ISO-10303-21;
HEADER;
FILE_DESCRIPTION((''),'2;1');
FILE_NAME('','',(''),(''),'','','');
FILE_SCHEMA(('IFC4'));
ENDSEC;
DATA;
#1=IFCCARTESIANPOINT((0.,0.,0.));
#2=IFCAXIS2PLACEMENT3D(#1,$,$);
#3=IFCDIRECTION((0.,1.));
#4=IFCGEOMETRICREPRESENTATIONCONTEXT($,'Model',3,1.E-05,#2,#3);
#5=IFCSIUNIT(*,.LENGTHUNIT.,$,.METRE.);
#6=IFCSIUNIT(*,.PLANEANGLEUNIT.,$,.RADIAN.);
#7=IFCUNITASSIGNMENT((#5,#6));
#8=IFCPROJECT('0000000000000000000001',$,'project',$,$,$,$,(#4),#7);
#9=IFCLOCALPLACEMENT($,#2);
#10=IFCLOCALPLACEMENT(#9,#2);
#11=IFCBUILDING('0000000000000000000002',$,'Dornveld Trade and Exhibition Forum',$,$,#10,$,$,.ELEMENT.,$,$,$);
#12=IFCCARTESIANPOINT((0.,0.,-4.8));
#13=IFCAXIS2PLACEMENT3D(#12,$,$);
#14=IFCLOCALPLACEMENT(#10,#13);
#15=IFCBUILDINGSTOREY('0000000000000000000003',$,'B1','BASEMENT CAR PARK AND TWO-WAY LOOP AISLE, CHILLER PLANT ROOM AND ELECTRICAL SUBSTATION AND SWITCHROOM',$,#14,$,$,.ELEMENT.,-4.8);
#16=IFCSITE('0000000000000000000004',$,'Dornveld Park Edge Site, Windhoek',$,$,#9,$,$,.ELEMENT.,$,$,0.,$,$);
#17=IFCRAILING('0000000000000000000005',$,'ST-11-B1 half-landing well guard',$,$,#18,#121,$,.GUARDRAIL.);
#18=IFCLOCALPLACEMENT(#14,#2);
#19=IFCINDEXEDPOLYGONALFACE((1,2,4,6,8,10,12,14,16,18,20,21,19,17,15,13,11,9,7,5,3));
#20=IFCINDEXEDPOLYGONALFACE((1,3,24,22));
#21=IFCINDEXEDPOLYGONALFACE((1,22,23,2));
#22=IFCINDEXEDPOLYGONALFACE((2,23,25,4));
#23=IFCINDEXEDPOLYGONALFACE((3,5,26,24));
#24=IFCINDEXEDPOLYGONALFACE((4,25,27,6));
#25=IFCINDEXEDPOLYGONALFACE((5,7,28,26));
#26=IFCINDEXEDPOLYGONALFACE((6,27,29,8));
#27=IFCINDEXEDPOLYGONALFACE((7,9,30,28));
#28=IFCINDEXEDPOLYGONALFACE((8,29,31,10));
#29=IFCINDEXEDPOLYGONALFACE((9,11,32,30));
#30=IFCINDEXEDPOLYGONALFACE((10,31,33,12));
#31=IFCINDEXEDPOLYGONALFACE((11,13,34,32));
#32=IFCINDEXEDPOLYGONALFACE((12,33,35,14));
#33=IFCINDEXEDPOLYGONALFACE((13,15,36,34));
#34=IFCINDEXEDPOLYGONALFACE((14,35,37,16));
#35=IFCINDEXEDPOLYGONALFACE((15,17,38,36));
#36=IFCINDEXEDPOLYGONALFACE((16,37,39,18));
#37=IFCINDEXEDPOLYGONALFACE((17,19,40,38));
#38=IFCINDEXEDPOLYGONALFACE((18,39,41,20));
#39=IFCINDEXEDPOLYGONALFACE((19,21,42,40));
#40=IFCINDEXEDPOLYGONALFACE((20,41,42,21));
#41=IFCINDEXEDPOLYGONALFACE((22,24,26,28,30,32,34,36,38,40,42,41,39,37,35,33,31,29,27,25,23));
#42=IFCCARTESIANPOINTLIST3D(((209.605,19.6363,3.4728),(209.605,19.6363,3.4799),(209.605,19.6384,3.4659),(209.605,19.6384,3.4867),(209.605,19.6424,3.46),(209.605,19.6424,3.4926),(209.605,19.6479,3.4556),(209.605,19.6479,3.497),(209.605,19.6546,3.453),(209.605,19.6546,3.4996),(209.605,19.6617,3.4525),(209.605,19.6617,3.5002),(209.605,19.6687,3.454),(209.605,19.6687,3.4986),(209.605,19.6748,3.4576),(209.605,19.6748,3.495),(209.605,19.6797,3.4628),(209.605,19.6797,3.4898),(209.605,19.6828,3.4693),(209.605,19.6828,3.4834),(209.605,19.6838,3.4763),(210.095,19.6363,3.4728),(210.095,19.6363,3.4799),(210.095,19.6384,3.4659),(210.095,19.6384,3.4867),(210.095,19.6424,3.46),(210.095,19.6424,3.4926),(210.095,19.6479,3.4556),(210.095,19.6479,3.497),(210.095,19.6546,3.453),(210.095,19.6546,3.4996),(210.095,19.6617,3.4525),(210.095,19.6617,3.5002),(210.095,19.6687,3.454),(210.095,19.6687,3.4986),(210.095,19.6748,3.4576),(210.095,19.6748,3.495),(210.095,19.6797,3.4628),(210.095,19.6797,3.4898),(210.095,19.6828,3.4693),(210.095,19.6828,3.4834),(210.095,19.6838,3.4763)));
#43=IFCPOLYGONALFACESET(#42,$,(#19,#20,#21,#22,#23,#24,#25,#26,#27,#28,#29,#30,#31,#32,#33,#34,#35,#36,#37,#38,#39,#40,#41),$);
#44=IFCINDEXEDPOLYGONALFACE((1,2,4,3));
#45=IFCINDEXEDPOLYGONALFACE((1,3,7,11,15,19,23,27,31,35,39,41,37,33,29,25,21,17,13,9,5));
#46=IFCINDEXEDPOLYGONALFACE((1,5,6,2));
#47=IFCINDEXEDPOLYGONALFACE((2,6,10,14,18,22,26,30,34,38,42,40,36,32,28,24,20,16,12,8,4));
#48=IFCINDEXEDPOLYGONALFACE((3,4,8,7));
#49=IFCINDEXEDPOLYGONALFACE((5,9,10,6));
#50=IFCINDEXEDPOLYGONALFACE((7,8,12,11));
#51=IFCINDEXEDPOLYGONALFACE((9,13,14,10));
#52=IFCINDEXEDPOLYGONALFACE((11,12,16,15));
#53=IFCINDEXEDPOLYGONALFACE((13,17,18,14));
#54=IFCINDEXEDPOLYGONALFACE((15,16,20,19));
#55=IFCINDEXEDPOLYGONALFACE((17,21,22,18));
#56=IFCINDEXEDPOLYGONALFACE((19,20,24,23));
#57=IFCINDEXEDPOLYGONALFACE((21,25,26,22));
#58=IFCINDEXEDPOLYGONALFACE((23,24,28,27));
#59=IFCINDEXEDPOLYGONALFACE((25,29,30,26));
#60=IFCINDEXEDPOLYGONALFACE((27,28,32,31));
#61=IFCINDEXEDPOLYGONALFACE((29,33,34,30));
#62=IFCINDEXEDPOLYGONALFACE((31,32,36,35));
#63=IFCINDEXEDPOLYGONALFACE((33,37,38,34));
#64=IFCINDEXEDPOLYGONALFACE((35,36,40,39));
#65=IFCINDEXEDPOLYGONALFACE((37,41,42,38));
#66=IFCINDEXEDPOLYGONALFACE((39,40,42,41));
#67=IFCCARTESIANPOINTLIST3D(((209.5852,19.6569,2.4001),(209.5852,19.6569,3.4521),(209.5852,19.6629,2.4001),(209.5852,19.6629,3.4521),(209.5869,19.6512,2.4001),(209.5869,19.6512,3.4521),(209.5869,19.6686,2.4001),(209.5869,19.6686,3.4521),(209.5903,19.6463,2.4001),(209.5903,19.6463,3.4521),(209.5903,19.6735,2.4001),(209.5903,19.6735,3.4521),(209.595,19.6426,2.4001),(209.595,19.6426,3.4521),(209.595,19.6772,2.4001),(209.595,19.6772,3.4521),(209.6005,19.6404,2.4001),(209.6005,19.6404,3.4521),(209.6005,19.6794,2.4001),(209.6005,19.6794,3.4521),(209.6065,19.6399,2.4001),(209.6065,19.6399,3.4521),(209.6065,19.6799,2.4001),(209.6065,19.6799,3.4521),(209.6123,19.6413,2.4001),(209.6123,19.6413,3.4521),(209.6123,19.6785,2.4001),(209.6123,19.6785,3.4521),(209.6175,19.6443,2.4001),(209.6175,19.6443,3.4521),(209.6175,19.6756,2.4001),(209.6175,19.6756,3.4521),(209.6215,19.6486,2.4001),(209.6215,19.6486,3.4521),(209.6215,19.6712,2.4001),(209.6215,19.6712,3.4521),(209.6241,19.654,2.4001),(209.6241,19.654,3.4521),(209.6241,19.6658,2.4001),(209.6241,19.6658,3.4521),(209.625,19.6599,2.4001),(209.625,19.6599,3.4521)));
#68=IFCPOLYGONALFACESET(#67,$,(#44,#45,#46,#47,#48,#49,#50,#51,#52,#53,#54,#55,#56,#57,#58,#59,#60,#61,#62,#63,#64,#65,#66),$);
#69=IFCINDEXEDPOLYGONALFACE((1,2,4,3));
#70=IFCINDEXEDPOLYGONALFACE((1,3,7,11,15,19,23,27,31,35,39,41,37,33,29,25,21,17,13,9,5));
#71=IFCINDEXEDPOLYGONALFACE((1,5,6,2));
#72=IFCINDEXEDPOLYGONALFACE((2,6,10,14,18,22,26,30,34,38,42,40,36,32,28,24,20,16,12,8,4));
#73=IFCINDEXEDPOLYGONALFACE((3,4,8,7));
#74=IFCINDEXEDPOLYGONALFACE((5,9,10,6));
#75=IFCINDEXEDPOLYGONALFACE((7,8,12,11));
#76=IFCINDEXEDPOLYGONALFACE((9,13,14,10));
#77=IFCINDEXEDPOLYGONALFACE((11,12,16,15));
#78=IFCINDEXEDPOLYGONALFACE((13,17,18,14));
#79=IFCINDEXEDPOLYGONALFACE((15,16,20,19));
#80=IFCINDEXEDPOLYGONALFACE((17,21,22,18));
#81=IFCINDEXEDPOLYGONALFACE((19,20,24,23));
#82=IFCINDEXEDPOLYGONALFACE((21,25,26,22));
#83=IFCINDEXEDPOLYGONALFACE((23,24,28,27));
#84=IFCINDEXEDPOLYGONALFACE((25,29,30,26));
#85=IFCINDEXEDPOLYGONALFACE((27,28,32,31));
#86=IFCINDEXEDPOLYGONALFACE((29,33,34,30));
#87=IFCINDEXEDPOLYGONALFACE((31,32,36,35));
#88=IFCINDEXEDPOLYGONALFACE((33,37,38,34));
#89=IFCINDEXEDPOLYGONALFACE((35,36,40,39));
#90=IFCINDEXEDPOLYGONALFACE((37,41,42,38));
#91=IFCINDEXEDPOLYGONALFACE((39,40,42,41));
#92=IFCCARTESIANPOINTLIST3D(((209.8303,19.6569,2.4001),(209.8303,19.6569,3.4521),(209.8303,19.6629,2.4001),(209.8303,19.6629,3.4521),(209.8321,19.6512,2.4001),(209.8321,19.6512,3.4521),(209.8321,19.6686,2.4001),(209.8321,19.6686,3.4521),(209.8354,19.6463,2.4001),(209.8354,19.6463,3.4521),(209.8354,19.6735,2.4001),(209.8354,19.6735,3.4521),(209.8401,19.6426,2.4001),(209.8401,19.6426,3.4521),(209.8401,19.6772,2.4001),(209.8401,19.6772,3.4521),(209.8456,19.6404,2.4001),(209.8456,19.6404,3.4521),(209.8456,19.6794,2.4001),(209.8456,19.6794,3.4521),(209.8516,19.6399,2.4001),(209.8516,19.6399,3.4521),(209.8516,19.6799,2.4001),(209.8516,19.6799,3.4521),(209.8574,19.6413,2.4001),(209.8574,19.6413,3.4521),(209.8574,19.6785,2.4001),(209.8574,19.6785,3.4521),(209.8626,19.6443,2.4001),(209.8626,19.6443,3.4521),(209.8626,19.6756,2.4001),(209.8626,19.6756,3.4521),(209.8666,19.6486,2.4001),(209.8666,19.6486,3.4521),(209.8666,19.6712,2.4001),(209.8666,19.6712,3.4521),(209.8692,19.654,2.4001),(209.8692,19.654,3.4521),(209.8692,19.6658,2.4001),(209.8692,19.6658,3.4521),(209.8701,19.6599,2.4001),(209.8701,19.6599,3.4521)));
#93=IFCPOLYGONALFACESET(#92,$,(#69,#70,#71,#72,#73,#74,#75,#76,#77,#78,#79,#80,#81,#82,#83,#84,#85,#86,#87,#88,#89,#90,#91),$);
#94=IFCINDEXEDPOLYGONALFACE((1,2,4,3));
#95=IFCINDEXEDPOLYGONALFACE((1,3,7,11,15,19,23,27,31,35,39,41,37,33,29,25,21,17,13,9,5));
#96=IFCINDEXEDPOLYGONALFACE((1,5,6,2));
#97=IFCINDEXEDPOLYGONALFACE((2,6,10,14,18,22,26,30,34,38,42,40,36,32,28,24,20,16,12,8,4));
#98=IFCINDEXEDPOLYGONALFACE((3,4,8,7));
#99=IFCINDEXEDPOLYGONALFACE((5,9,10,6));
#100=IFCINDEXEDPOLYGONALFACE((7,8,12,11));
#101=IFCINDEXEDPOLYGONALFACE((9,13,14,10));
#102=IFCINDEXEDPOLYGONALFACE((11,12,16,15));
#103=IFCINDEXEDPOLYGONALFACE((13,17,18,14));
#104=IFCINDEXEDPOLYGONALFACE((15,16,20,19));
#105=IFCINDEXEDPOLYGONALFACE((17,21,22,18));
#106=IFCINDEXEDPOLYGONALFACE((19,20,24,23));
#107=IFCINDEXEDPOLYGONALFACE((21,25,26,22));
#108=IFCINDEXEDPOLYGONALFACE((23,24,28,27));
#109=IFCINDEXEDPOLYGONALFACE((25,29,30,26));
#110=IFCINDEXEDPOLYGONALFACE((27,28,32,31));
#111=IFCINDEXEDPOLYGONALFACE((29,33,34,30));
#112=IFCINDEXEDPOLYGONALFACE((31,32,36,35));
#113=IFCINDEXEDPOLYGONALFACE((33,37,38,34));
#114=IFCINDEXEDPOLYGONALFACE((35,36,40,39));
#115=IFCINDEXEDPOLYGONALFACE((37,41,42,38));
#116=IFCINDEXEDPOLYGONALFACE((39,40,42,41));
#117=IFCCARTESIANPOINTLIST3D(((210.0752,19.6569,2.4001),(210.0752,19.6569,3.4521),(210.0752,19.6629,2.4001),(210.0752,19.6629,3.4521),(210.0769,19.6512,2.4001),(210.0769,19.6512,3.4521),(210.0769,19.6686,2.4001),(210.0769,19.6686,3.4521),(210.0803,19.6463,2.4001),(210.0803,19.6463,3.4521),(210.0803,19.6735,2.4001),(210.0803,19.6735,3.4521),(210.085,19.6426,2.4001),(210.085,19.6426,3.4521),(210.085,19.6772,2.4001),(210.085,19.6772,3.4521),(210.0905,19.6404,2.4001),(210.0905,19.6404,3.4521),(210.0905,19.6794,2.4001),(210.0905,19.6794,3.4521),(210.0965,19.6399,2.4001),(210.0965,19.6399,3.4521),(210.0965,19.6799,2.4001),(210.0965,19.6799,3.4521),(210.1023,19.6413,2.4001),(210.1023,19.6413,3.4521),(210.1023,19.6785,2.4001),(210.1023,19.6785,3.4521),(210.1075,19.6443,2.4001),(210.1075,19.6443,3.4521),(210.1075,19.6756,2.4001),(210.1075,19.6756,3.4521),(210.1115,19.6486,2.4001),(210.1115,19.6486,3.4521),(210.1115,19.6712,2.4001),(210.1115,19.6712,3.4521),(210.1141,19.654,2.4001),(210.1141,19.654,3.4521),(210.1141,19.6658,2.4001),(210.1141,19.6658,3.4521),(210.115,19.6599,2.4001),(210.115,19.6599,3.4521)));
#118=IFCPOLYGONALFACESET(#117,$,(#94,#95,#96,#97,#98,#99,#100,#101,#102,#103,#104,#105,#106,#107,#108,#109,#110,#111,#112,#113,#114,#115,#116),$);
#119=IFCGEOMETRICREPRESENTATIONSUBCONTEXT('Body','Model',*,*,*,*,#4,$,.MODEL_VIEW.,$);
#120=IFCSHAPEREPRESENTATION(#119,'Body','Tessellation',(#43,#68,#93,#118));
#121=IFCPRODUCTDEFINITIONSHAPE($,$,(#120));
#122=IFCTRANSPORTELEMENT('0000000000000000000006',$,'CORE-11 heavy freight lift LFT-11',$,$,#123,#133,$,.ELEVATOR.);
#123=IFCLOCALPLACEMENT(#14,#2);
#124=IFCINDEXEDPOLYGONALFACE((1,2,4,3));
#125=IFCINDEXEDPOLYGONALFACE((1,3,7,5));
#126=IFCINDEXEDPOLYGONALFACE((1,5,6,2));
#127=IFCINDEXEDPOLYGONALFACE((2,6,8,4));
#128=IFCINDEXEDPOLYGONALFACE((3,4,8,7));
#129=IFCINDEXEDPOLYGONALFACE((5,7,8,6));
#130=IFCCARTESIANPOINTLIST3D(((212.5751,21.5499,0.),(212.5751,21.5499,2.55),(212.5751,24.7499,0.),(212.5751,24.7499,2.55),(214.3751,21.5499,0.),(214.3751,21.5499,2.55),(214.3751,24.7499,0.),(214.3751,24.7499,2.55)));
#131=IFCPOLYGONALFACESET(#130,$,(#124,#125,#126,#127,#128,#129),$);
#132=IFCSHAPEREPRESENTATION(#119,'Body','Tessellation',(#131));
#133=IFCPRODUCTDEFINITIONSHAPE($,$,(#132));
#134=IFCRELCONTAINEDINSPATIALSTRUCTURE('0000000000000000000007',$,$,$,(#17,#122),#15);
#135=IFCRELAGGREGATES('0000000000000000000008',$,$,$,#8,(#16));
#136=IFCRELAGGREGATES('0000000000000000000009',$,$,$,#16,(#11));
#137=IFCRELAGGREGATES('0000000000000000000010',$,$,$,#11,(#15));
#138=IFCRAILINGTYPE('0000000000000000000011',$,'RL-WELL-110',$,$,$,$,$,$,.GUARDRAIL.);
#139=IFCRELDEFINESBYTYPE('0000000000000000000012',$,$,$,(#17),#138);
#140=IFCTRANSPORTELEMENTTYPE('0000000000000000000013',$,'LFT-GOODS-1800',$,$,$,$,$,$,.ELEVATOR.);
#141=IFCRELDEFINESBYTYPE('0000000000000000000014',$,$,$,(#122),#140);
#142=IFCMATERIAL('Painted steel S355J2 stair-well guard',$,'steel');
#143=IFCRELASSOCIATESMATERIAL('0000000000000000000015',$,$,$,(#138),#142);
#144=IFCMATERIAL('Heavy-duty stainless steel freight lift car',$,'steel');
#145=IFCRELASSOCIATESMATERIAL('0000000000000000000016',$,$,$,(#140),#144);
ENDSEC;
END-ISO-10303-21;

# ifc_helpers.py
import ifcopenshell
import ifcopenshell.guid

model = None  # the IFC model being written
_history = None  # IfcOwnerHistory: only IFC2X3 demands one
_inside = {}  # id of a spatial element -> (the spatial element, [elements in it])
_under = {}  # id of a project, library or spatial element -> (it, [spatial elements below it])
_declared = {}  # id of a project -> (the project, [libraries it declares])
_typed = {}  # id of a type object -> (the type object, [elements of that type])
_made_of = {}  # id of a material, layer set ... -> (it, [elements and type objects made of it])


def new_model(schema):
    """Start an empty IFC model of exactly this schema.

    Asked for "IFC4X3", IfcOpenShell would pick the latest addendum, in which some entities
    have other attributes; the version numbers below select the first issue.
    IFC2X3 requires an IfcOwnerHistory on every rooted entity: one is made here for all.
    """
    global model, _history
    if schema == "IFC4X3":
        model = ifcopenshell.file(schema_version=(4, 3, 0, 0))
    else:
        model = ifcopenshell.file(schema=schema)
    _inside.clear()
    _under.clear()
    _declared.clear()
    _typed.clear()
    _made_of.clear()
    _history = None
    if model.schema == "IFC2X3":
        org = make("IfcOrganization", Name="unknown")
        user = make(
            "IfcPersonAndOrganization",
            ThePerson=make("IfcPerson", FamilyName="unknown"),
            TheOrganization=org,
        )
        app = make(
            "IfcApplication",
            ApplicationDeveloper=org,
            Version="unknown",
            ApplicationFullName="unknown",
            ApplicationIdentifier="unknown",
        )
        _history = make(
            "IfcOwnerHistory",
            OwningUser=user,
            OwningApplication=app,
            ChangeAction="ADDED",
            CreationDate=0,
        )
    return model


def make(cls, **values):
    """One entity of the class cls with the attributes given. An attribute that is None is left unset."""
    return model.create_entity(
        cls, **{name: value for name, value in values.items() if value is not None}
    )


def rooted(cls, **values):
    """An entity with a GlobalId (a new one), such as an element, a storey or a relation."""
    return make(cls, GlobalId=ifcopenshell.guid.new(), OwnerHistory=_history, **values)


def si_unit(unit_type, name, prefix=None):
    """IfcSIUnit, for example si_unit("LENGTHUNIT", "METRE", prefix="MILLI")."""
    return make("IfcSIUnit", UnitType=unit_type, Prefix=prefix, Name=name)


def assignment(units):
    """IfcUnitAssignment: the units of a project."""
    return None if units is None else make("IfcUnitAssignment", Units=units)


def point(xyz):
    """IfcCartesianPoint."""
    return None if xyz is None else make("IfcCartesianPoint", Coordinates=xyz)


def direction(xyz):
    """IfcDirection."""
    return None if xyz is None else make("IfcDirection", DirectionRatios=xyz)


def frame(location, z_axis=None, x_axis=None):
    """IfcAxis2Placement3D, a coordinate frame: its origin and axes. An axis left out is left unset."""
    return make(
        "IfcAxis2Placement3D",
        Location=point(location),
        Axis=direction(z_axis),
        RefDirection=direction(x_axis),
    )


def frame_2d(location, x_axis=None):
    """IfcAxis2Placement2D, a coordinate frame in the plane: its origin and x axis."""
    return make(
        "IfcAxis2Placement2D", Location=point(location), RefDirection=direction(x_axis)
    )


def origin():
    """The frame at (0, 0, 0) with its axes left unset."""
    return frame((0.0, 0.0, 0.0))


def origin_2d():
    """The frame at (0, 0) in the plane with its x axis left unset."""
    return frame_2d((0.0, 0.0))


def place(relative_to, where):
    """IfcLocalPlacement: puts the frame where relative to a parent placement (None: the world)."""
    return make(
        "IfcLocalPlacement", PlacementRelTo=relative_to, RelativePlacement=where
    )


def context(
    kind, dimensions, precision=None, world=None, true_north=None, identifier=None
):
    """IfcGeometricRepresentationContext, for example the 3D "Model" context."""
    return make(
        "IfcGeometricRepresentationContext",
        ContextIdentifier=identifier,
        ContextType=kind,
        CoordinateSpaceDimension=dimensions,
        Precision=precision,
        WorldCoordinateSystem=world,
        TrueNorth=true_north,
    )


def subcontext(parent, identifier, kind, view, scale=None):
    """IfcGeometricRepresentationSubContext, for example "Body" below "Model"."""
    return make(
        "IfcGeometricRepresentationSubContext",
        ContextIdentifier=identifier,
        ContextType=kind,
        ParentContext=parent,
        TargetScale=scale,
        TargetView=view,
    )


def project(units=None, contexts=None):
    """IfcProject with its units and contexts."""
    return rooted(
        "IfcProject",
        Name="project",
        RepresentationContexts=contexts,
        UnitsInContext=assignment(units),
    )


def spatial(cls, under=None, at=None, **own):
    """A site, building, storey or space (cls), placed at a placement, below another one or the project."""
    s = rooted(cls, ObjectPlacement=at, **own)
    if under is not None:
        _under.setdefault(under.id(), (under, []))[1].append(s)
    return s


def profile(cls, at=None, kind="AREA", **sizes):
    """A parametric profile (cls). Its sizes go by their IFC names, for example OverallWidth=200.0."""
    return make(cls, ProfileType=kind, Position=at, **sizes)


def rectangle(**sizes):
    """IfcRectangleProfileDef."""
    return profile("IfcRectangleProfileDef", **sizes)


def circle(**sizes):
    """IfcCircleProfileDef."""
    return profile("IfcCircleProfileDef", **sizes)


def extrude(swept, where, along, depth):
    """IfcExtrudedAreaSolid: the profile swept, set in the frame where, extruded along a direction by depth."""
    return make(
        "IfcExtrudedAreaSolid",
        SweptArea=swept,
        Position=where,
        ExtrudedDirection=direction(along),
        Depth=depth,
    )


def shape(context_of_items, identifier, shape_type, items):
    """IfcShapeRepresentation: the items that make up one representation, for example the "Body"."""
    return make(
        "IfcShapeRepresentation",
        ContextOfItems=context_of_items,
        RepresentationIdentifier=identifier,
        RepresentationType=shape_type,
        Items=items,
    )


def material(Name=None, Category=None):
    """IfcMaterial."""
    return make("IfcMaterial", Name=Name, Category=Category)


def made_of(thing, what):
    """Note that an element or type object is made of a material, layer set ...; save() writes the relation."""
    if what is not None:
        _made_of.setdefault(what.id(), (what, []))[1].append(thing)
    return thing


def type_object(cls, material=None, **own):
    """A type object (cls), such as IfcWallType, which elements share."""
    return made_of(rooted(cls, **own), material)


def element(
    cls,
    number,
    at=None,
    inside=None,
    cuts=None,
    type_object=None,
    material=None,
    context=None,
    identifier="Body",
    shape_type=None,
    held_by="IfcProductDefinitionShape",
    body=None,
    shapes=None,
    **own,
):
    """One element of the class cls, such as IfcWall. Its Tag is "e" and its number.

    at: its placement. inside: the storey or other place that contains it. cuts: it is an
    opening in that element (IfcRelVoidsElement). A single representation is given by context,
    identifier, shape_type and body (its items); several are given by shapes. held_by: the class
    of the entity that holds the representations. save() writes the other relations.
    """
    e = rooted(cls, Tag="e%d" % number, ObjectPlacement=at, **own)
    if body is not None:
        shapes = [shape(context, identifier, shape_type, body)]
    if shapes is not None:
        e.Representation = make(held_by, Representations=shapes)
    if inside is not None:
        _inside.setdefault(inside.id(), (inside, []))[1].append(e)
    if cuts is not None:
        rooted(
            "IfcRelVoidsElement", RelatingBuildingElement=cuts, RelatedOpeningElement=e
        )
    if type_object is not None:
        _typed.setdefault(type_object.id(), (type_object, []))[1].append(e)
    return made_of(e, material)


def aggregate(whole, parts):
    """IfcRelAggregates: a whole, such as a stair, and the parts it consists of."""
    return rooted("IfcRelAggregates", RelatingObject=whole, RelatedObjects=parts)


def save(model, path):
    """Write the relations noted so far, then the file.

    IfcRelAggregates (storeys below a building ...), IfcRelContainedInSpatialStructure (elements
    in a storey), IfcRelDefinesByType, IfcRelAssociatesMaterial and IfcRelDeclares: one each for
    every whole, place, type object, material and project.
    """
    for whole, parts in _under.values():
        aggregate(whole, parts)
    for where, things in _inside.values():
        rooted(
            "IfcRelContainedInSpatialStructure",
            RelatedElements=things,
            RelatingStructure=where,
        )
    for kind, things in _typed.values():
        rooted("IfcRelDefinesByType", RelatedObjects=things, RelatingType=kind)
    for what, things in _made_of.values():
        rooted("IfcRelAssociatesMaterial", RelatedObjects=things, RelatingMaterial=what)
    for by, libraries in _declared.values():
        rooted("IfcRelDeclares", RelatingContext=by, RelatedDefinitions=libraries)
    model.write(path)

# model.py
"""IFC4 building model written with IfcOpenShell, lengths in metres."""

from ifc_helpers import new_model, si_unit, direction, frame, origin, origin_2d, place, context, subcontext, project, spatial, rectangle, circle, extrude, material, type_object, element, save


model = new_model("IFC4")

# Units and contexts
model_context = context("Model", 3, precision=1e-05, world=origin(), true_north=direction((0.0, 1.0)))
body_context = subcontext(model_context, "Body", "Model", "MODEL_VIEW")
ifc_project = project(units=[si_unit("LENGTHUNIT", "METRE"), si_unit("PLANEANGLEUNIT", "RADIAN")], contexts=[model_context])

# Site, building, storey
site_placement = place(None, origin())
site = spatial("IfcSite", under=ifc_project, at=site_placement, Name="Dornveld Park Edge Site, Windhoek", CompositionType="ELEMENT", RefElevation=0.0)
building_placement = place(site_placement, origin())
building = spatial("IfcBuilding", under=site, at=building_placement, Name="Dornveld Trade and Exhibition Forum", CompositionType="ELEMENT")
storey_placement = place(building_placement, frame((0.0, 0.0, -4.8)))
storey = spatial("IfcBuildingStorey", under=building, at=storey_placement, Name="B1", Description="BASEMENT CAR PARK AND TWO-WAY LOOP AISLE, CHILLER PLANT ROOM AND ELECTRICAL SUBSTATION AND SWITCHROOM", CompositionType="ELEMENT", Elevation=-4.8)

# Railing
ifc_material_1 = material(Name="Painted steel S355J2 stair-well guard", Category="steel")
railing_type_1 = type_object("IfcRailingType", Name="RL-WELL-110", PredefinedType="GUARDRAIL", material=ifc_material_1)
railing_1_placement = place(storey_placement, frame((209.605, 19.6599, 2.4001)))
element("IfcRailing", 1, at=railing_1_placement, inside=storey, type_object=railing_type_1, Name="ST-11-B1 half-landing well guard", PredefinedType="GUARDRAIL", context=body_context, shape_type="SweptSolid", body=[
    extrude(circle(Radius=0.0239, at=origin_2d()), frame((0.0, 0.0, 1.0762), z_axis=(1.0, 0.0, 0.0), x_axis=(0.0, 1.0, 0.0)), (0.0, 0.0, 1.0), 0.49),
    extrude(circle(Radius=0.02, at=origin_2d()), origin(), (0.0, 0.0, 1.0), 1.052),
    extrude(circle(Radius=0.02, at=origin_2d()), frame((0.2451, 0.0, 0.0)), (0.0, 0.0, 1.0), 1.052),
    extrude(circle(Radius=0.02, at=origin_2d()), frame((0.49, 0.0, 0.0)), (0.0, 0.0, 1.0), 1.052),
])

# Transport element
ifc_material_2 = material(Name="Heavy-duty stainless steel freight lift car", Category="steel")
transport_element_type = type_object("IfcTransportElementType", Name="LFT-GOODS-1800", PredefinedType="ELEVATOR", material=ifc_material_2)
transport_element_placement = place(storey_placement, frame((213.4751, 23.1499, 0.0), z_axis=(0.0, 0.0, 1.0), x_axis=(1.0, 0.0, 0.0)))
element("IfcTransportElement", 2, at=transport_element_placement, inside=storey, type_object=transport_element_type, Name="CORE-11 heavy freight lift LFT-11", PredefinedType="ELEVATOR", context=body_context, shape_type="SweptSolid", body=[
    extrude(rectangle(XDim=1.8, YDim=3.2, at=origin_2d()), origin(), (0.0, 0.0, 1.0), 2.55),
])

save(model, "model.ifc")
